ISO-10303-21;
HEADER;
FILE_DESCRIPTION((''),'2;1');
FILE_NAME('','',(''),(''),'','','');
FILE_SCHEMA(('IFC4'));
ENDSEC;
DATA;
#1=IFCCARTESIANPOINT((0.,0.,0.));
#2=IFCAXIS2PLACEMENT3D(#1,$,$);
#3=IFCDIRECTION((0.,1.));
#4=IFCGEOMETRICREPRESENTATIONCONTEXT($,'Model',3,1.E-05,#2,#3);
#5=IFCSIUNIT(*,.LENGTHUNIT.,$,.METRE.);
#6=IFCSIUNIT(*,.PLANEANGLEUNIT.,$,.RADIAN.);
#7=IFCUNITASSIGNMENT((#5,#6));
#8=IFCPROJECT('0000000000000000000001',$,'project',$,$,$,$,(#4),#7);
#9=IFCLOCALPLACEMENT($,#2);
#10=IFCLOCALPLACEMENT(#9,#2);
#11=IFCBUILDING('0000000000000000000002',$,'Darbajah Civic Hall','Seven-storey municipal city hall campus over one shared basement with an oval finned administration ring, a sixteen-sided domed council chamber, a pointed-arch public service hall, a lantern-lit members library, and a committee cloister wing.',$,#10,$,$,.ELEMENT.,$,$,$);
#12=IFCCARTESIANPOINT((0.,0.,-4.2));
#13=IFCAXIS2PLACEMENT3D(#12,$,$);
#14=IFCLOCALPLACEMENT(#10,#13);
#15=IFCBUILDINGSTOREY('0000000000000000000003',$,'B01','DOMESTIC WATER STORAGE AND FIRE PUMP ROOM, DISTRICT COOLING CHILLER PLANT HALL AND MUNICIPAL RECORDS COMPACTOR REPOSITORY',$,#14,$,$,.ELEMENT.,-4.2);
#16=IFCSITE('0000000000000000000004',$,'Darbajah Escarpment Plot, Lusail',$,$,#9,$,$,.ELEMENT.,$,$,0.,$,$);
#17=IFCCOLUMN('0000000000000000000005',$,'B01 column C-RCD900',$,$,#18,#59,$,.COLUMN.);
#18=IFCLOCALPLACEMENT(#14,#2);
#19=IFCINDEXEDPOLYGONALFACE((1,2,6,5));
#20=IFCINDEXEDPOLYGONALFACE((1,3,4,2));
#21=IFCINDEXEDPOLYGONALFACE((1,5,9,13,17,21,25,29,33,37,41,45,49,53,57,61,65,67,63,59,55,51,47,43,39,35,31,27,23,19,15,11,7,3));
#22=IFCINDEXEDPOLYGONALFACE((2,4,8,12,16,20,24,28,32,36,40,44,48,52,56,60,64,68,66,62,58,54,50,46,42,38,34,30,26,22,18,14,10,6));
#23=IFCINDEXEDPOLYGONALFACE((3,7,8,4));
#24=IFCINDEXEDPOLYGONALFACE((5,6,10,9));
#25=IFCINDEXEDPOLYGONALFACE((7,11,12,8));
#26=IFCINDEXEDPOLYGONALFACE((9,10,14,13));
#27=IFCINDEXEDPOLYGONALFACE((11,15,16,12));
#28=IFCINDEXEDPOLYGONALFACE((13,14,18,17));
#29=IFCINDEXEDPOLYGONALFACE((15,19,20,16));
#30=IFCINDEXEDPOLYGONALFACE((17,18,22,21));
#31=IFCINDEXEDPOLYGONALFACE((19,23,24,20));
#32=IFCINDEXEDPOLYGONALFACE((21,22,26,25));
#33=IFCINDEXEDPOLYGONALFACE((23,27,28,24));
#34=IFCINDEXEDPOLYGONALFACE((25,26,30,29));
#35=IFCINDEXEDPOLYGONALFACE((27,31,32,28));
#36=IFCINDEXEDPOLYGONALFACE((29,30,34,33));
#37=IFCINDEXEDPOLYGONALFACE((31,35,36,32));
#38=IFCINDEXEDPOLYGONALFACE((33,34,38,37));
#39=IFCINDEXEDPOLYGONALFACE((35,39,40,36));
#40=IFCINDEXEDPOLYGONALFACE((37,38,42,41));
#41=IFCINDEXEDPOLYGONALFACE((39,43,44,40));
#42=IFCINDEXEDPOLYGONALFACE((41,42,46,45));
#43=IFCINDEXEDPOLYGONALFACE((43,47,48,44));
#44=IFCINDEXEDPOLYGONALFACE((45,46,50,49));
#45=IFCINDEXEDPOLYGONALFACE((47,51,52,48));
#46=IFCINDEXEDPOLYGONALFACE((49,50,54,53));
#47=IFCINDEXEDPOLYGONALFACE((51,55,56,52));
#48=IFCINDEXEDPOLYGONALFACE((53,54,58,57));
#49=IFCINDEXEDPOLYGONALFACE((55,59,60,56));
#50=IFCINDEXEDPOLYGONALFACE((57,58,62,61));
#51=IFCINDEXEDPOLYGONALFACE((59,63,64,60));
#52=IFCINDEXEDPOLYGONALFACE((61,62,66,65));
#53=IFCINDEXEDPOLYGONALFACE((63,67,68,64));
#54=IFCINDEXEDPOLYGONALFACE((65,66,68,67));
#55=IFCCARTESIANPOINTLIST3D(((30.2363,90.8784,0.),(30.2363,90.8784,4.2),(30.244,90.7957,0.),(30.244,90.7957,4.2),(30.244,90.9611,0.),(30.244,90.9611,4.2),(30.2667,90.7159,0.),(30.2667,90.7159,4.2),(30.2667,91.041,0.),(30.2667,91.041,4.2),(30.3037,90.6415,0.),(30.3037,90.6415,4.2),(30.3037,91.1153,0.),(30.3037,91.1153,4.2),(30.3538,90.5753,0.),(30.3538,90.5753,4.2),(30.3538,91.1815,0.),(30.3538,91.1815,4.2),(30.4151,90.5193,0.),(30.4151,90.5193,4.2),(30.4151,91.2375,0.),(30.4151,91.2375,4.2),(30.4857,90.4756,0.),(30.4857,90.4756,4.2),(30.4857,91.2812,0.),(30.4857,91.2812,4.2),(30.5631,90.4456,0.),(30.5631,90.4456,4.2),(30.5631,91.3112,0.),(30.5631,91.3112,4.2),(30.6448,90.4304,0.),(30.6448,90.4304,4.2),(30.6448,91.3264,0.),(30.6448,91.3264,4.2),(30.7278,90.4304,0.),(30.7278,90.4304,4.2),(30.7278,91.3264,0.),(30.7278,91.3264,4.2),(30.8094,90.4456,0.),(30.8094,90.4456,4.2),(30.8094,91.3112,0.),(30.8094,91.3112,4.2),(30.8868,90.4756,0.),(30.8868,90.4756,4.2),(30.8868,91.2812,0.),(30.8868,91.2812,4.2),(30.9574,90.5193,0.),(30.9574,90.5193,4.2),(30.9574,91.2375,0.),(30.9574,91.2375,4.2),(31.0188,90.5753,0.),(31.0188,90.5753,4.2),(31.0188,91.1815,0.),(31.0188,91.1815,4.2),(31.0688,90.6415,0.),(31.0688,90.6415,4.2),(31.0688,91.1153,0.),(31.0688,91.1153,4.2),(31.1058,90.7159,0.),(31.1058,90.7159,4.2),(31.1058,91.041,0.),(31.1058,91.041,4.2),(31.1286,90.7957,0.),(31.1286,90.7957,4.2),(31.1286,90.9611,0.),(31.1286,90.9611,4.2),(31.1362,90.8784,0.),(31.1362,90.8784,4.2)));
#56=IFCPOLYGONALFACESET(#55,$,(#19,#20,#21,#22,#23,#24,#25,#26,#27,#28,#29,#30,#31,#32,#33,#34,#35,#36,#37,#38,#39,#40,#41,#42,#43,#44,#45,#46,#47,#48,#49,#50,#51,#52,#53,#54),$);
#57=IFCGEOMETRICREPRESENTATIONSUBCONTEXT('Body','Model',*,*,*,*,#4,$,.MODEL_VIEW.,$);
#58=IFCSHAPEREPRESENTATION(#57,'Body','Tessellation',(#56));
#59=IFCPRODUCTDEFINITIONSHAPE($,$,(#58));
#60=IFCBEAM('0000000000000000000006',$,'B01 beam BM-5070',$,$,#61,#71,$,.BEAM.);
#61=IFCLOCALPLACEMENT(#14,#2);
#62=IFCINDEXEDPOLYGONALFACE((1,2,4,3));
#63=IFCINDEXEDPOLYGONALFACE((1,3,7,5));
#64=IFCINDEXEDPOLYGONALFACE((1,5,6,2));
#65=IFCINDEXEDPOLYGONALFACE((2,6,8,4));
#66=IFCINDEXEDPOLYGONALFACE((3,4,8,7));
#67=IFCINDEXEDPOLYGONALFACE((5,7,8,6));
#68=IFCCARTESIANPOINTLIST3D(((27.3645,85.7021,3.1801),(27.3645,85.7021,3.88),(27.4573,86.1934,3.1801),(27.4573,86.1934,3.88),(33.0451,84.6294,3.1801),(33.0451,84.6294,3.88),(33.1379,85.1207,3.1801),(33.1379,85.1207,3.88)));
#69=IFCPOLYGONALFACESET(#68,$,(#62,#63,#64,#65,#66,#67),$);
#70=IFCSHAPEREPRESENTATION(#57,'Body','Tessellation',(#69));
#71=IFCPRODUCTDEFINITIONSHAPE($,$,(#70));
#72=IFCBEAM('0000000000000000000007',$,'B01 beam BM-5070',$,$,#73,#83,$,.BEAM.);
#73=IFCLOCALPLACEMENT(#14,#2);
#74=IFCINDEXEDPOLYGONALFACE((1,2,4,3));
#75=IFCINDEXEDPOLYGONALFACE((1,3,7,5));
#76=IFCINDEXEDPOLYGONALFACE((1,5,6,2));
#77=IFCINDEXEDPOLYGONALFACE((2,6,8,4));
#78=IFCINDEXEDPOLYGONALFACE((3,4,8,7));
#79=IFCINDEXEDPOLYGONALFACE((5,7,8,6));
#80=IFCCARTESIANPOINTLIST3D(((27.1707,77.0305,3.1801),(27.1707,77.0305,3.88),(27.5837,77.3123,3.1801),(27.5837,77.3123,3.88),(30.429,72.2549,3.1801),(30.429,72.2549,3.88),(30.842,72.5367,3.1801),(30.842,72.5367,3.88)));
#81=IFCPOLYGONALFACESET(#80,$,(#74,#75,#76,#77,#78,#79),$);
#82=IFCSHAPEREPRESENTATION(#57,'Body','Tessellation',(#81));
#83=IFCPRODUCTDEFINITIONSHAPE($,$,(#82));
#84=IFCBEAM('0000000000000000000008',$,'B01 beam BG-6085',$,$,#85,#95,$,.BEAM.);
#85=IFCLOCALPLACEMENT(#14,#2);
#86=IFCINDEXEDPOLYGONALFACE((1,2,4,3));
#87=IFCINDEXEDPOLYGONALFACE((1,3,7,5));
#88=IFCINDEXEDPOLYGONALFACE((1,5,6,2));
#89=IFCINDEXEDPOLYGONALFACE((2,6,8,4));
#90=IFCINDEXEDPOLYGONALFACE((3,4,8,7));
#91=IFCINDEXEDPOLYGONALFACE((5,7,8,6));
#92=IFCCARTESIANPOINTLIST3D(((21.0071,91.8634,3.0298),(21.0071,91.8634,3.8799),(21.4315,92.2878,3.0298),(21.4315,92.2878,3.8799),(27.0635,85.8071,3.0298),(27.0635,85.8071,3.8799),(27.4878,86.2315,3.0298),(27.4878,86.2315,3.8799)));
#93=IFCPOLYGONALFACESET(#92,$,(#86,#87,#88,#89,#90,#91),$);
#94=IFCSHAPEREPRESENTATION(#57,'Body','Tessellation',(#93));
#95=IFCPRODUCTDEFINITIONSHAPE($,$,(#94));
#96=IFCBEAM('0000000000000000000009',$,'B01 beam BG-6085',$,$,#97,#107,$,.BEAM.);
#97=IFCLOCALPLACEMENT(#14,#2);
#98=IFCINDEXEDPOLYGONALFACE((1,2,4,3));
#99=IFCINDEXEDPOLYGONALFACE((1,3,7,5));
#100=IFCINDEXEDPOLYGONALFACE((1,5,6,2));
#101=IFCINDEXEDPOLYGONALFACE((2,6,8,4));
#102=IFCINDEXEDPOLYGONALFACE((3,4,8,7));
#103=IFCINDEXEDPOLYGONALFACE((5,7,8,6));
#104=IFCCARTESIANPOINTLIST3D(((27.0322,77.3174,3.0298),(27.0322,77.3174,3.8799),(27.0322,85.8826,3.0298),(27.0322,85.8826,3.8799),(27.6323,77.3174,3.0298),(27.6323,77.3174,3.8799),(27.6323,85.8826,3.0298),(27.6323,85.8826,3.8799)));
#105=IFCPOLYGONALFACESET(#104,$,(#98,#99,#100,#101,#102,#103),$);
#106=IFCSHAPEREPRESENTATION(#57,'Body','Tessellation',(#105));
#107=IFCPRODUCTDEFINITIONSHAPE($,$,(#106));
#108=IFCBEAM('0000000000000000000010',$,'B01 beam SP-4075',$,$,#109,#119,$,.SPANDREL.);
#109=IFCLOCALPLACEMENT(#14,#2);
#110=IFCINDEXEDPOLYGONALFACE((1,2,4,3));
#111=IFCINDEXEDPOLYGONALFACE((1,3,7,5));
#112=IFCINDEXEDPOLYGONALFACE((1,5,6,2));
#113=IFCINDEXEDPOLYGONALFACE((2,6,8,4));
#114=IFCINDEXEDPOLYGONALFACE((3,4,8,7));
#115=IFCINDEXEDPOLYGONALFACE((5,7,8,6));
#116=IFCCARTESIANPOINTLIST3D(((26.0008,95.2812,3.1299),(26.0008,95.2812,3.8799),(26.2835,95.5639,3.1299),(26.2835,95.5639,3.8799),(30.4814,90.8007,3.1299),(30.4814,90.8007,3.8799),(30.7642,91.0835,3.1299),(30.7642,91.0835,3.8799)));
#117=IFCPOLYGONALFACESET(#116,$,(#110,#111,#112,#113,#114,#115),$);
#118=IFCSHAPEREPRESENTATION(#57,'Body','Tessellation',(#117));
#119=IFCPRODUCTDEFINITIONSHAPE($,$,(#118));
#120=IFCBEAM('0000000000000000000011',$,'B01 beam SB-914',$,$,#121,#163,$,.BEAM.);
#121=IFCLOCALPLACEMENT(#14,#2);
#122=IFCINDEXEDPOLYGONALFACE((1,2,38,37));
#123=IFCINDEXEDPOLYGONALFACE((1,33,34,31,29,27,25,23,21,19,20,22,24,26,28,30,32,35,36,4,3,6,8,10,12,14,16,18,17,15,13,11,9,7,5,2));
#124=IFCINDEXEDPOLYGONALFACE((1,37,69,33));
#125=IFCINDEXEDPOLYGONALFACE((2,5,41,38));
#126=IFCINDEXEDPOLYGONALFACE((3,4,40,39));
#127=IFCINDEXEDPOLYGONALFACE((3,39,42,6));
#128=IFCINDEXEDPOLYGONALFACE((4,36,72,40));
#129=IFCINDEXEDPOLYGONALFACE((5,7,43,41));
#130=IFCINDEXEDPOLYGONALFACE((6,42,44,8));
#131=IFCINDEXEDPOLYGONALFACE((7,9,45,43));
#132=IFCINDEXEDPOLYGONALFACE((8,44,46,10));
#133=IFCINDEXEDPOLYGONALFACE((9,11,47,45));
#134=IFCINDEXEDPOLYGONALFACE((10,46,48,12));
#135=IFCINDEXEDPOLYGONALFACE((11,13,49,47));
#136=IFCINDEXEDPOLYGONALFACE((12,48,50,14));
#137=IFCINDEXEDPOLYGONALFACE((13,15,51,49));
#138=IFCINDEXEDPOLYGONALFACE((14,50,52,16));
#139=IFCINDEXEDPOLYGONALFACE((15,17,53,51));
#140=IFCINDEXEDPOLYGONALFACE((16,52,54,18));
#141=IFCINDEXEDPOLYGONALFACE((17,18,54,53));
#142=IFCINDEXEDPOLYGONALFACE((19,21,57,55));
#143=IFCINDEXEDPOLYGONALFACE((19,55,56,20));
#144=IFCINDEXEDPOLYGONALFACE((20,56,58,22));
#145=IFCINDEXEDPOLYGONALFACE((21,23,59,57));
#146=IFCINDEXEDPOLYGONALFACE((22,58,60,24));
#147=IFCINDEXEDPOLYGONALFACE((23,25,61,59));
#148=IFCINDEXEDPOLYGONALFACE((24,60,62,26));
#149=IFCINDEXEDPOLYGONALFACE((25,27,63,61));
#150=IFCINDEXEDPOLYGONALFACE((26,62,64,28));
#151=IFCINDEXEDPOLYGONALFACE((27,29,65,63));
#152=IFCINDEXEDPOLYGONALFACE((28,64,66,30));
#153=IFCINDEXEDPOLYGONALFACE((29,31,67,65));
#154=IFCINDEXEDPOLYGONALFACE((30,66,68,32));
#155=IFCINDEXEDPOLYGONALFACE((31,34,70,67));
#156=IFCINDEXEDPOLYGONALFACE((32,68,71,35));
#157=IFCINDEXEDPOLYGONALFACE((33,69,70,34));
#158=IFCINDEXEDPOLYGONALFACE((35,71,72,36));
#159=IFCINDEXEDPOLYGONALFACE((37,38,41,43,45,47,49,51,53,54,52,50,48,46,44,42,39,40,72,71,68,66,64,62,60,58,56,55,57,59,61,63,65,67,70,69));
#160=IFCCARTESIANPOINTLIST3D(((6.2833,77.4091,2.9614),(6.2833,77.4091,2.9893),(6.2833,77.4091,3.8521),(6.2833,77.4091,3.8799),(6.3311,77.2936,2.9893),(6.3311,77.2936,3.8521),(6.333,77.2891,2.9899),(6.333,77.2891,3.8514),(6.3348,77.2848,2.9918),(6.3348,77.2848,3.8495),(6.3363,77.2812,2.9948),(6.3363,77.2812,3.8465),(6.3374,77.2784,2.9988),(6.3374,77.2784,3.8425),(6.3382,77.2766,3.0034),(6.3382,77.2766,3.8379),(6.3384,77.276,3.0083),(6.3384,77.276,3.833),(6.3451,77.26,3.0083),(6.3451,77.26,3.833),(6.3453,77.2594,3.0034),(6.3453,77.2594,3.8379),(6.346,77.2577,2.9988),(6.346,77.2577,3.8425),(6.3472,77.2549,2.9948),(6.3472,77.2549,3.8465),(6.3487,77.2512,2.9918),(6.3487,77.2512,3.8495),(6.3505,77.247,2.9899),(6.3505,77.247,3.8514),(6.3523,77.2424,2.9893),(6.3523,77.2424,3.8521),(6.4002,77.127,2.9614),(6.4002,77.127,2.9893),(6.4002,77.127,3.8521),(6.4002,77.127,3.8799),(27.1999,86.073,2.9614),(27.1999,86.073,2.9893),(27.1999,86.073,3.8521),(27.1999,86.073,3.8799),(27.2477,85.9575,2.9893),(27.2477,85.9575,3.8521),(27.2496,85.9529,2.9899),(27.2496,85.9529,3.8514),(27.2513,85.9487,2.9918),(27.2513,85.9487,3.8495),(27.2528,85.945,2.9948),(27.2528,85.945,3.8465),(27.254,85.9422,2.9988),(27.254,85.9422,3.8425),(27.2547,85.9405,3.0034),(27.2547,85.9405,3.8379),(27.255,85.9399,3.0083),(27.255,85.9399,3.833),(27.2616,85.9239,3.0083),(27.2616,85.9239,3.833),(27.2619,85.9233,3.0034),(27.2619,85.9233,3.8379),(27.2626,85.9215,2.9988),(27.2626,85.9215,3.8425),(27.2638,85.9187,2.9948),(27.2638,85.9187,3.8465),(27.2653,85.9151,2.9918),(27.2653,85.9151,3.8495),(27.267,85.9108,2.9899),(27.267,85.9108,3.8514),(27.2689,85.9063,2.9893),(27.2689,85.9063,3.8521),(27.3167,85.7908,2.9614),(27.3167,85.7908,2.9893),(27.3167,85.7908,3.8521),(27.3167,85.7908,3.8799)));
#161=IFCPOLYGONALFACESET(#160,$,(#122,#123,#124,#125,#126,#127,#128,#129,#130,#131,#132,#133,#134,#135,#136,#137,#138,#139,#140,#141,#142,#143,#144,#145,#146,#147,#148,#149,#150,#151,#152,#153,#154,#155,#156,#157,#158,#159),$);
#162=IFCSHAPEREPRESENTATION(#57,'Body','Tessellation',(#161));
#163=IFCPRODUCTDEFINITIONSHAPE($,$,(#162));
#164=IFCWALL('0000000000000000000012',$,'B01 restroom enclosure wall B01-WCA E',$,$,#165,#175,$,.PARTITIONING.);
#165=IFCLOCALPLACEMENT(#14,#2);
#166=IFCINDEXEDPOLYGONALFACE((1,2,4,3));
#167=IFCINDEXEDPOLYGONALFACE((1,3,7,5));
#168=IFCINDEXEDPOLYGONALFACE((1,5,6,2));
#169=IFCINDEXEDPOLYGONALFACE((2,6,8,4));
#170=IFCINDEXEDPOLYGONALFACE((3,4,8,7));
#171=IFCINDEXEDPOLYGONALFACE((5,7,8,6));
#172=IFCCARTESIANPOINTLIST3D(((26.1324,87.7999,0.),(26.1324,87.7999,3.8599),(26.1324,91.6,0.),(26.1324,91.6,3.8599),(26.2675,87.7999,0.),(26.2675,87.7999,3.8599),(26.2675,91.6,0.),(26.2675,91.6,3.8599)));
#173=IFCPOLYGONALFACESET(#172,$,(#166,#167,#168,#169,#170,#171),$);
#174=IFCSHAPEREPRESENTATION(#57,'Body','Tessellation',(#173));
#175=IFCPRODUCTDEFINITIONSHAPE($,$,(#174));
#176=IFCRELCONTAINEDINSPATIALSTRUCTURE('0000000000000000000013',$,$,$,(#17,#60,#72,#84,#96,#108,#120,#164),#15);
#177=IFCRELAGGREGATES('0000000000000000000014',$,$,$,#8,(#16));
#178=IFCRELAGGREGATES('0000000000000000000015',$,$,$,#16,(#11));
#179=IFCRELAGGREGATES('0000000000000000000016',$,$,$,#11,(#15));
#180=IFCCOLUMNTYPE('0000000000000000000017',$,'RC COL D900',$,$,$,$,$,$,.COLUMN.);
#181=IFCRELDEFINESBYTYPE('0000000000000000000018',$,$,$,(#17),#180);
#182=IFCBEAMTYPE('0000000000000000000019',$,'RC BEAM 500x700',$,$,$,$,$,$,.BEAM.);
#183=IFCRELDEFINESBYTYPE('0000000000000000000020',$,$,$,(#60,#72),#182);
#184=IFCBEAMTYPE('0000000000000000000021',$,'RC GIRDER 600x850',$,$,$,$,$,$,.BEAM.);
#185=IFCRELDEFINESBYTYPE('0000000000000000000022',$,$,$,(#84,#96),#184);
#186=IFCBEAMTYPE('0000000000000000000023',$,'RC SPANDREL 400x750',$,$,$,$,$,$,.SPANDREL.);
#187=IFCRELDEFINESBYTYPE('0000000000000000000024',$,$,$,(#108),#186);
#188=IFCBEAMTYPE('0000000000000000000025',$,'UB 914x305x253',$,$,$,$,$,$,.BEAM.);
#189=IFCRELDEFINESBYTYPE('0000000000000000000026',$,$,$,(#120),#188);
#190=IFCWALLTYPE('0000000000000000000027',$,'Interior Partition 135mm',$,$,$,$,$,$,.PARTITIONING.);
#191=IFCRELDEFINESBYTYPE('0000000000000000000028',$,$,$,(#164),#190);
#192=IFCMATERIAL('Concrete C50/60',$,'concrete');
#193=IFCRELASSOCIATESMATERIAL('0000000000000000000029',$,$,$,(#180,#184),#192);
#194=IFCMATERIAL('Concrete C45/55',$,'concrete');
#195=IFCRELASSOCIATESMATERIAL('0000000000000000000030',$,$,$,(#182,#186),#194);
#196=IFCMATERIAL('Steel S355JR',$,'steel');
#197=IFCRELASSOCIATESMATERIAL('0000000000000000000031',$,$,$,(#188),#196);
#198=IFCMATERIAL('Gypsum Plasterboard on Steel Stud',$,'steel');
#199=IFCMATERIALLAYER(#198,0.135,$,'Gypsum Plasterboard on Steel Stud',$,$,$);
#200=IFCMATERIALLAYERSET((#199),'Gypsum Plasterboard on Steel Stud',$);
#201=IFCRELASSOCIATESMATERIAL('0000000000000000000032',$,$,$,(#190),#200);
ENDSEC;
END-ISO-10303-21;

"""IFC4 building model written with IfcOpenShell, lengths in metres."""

from ifc_helpers import new_model, si_unit, direction, frame, frame_2d, origin, origin_2d, place, context, subcontext, project, spatial, rectangle, circle, i_section, extrude, material, layer, layer_set, material_profile, profile_set, type_object, element, save


model = new_model("IFC4")

# Units and contexts
model_context = context("Model", 3, precision=1e-05, world=origin(), true_north=direction((0.0, 1.0)))
body_context = subcontext(model_context, "Body", "Model", "MODEL_VIEW")
ifc_project = project(units=[si_unit("LENGTHUNIT", "METRE"), si_unit("PLANEANGLEUNIT", "RADIAN")], contexts=[model_context])

# Site, building, storey
site_placement = place(None, origin())
site = spatial("IfcSite", under=ifc_project, at=site_placement, Name="Darbajah Escarpment Plot, Lusail", CompositionType="ELEMENT", RefElevation=0.0)
building_placement = place(site_placement, origin())
building = spatial("IfcBuilding", under=site, at=building_placement, Name="Darbajah Civic Hall", Description="Seven-storey municipal city hall campus over one shared basement with an oval finned administration ring, a sixteen-sided domed council chamber, a pointed-arch public service hall, a lantern-lit members library, and a committee cloister wing.", CompositionType="ELEMENT")
storey_placement = place(building_placement, frame((0.0, 0.0, -4.2)))
storey = spatial("IfcBuildingStorey", under=building, at=storey_placement, Name="B01", Description="DOMESTIC WATER STORAGE AND FIRE PUMP ROOM, DISTRICT COOLING CHILLER PLANT HALL AND MUNICIPAL RECORDS COMPACTOR REPOSITORY", CompositionType="ELEMENT", Elevation=-4.2)

# Shared definitions
ifc_material_1 = material(Name="Concrete C45/55", Category="concrete")

# Column
ifc_material_2 = material(Name="Concrete C50/60", Category="concrete")
ifc_material_profile_1 = material_profile(ifc_material_2, circle(Radius=0.45, at=origin_2d()), Name="RC COL D900")
ifc_profile_set_1 = profile_set([ifc_material_profile_1], Name="Concrete C50/60")
column_type_1 = type_object("IfcColumnType", Name="RC COL D900", PredefinedType="COLUMN", material=ifc_profile_set_1)
column_placement = place(storey_placement, frame((30.6863, 90.8784, 0.0), z_axis=(0.0, 0.0, 1.0), x_axis=(1.0, 0.0, 0.0)))
element("IfcColumn", 1, at=column_placement, inside=storey, type_object=column_type_1, Name="B01 column C-RCD900", PredefinedType="COLUMN", context=body_context, shape_type="SweptSolid", body=[
    extrude(circle(Radius=0.45, at=origin_2d()), origin(), (0.0, 0.0, 1.0), 4.2),
])

# Beams
ifc_material_profile_2 = material_profile(ifc_material_1, rectangle(XDim=0.5, YDim=0.7, at=origin_2d()), Name="RC BEAM 500x700")
ifc_profile_set_2 = profile_set([ifc_material_profile_2], Name="Concrete C45/55")
beam_type_1 = type_object("IfcBeamType", Name="RC BEAM 500x700", PredefinedType="BEAM", material=ifc_profile_set_2)
beam_1_placement = place(storey_placement, frame((27.4109, 85.9478, 3.53), z_axis=(0.982632, -0.185563, 0.0), x_axis=(0.185563, 0.982632, 0.0)))
element("IfcBeam", 2, at=beam_1_placement, inside=storey, type_object=beam_type_1, Name="B01 beam BM-5070", PredefinedType="BEAM", context=body_context, shape_type="SweptSolid", body=[
    extrude(rectangle(XDim=0.5, YDim=0.7, at=origin_2d()), origin(), (0.0, 0.0, 1.0), 5.781),
])
beam_2_placement = place(storey_placement, frame((27.3772, 77.1714, 3.53), z_axis=(0.563595, -0.826051, 0.0), x_axis=(0.826051, 0.563595, 0.0)))
element("IfcBeam", 3, at=beam_2_placement, inside=storey, type_object=beam_type_1, Name="B01 beam BM-5070", PredefinedType="BEAM", context=body_context, shape_type="SweptSolid", body=[
    extrude(rectangle(XDim=0.5, YDim=0.7, at=origin_2d()), origin(), (0.0, 0.0, 1.0), 5.7812),
])
ifc_material_profile_3 = material_profile(ifc_material_2, rectangle(XDim=0.6001, YDim=0.8501, at=origin_2d()), Name="RC GIRDER 600x850")
ifc_profile_set_3 = profile_set([ifc_material_profile_3], Name="Concrete C50/60")
beam_type_2 = type_object("IfcBeamType", Name="RC GIRDER 600x850", PredefinedType="BEAM", material=ifc_profile_set_3)
beam_3_placement = place(storey_placement, frame((27.2756, 86.0193, 3.4548), z_axis=(-0.707107, 0.707107, 0.0), x_axis=(-0.707107, -0.707107, 0.0)))
element("IfcBeam", 4, at=beam_3_placement, inside=storey, type_object=beam_type_2, Name="B01 beam BG-6085", PredefinedType="BEAM", context=body_context, shape_type="SweptSolid", body=[
    extrude(rectangle(XDim=0.6001, YDim=0.8501, at=origin_2d()), origin(), (0.0, 0.0, 1.0), 8.5649),
])
beam_4_placement = place(storey_placement, frame((27.3323, 77.3174, 3.4548), z_axis=(0.0, 1.0, 0.0), x_axis=(-1.0, 0.0, 0.0)))
element("IfcBeam", 5, at=beam_4_placement, inside=storey, type_object=beam_type_2, Name="B01 beam BG-6085", PredefinedType="BEAM", context=body_context, shape_type="SweptSolid", body=[
    extrude(rectangle(XDim=0.6001, YDim=0.8501, at=origin_2d()), origin(), (0.0, 0.0, 1.0), 8.5652),
])
ifc_material_profile_4 = material_profile(ifc_material_1, rectangle(XDim=0.3999, YDim=0.75, at=origin_2d()), Name="RC SPANDREL 400x750")
ifc_profile_set_4 = profile_set([ifc_material_profile_4], Name="Concrete C45/55")
beam_type_3 = type_object("IfcBeamType", Name="RC SPANDREL 400x750", PredefinedType="SPANDREL", material=ifc_profile_set_4)
beam_5_placement = place(storey_placement, frame((30.6228, 90.9421, 3.5049), z_axis=(-0.707126, 0.707088, 0.0), x_axis=(-0.707088, -0.707126, 0.0)))
element("IfcBeam", 6, at=beam_5_placement, inside=storey, type_object=beam_type_3, Name="B01 beam SP-4075", PredefinedType="SPANDREL", context=body_context, shape_type="SweptSolid", body=[
    extrude(rectangle(XDim=0.3999, YDim=0.75, at=origin_2d()), origin(), (0.0, 0.0, 1.0), 6.3364),
])
ifc_material_3 = material(Name="Steel S355JR", Category="steel")
ifc_material_profile_5 = material_profile(ifc_material_3, i_section(OverallWidth=0.3054, OverallDepth=0.9185, WebThickness=0.0173, FlangeThickness=0.0278, FilletRadius=0.019, at=origin_2d()), Name="UB 914x305x253")
ifc_profile_set_5 = profile_set([ifc_material_profile_5], Name="Steel S355JR")
beam_type_4 = type_object("IfcBeamType", Name="UB 914x305x253", PredefinedType="BEAM", material=ifc_profile_set_5)
beam_6_placement = place(storey_placement, frame((27.2583, 85.9319, 3.4207), z_axis=(-0.923881, -0.38268, 0.0), x_axis=(0.38268, -0.923881, 0.0)))
element("IfcBeam", 7, at=beam_6_placement, inside=storey, type_object=beam_type_4, Name="B01 beam SB-914", PredefinedType="BEAM", context=body_context, shape_type="SweptSolid", body=[
    extrude(i_section(OverallWidth=0.3054, OverallDepth=0.9185, WebThickness=0.0173, FlangeThickness=0.0278, FilletRadius=0.019, at=origin_2d()), origin(), (0.0, 0.0, 1.0), 22.6399),
])

# Wall
ifc_material_4 = material(Name="Gypsum Plasterboard on Steel Stud", Category="steel")
ifc_layer = layer(ifc_material_4, 0.135, Name="Gypsum Plasterboard on Steel Stud")
ifc_layer_set = layer_set([ifc_layer], Name="Gypsum Plasterboard on Steel Stud")
wall_type = type_object("IfcWallType", Name="Interior Partition 135mm", PredefinedType="PARTITIONING", material=ifc_layer_set)
wall_placement = place(storey_placement, frame((26.2, 87.8, 0.0), z_axis=(0.0, 0.0, 1.0), x_axis=(0.0, 1.0, 0.0)))
element("IfcWall", 8, at=wall_placement, inside=storey, type_object=wall_type, Name="B01 restroom enclosure wall B01-WCA E", PredefinedType="PARTITIONING", context=body_context, shape_type="SweptSolid", body=[
    extrude(rectangle(XDim=3.8, YDim=0.135, at=frame_2d((1.8999, 0.0))), origin(), (0.0, 0.0, 1.0), 3.8599),
])

save(model, "model.ifc")
